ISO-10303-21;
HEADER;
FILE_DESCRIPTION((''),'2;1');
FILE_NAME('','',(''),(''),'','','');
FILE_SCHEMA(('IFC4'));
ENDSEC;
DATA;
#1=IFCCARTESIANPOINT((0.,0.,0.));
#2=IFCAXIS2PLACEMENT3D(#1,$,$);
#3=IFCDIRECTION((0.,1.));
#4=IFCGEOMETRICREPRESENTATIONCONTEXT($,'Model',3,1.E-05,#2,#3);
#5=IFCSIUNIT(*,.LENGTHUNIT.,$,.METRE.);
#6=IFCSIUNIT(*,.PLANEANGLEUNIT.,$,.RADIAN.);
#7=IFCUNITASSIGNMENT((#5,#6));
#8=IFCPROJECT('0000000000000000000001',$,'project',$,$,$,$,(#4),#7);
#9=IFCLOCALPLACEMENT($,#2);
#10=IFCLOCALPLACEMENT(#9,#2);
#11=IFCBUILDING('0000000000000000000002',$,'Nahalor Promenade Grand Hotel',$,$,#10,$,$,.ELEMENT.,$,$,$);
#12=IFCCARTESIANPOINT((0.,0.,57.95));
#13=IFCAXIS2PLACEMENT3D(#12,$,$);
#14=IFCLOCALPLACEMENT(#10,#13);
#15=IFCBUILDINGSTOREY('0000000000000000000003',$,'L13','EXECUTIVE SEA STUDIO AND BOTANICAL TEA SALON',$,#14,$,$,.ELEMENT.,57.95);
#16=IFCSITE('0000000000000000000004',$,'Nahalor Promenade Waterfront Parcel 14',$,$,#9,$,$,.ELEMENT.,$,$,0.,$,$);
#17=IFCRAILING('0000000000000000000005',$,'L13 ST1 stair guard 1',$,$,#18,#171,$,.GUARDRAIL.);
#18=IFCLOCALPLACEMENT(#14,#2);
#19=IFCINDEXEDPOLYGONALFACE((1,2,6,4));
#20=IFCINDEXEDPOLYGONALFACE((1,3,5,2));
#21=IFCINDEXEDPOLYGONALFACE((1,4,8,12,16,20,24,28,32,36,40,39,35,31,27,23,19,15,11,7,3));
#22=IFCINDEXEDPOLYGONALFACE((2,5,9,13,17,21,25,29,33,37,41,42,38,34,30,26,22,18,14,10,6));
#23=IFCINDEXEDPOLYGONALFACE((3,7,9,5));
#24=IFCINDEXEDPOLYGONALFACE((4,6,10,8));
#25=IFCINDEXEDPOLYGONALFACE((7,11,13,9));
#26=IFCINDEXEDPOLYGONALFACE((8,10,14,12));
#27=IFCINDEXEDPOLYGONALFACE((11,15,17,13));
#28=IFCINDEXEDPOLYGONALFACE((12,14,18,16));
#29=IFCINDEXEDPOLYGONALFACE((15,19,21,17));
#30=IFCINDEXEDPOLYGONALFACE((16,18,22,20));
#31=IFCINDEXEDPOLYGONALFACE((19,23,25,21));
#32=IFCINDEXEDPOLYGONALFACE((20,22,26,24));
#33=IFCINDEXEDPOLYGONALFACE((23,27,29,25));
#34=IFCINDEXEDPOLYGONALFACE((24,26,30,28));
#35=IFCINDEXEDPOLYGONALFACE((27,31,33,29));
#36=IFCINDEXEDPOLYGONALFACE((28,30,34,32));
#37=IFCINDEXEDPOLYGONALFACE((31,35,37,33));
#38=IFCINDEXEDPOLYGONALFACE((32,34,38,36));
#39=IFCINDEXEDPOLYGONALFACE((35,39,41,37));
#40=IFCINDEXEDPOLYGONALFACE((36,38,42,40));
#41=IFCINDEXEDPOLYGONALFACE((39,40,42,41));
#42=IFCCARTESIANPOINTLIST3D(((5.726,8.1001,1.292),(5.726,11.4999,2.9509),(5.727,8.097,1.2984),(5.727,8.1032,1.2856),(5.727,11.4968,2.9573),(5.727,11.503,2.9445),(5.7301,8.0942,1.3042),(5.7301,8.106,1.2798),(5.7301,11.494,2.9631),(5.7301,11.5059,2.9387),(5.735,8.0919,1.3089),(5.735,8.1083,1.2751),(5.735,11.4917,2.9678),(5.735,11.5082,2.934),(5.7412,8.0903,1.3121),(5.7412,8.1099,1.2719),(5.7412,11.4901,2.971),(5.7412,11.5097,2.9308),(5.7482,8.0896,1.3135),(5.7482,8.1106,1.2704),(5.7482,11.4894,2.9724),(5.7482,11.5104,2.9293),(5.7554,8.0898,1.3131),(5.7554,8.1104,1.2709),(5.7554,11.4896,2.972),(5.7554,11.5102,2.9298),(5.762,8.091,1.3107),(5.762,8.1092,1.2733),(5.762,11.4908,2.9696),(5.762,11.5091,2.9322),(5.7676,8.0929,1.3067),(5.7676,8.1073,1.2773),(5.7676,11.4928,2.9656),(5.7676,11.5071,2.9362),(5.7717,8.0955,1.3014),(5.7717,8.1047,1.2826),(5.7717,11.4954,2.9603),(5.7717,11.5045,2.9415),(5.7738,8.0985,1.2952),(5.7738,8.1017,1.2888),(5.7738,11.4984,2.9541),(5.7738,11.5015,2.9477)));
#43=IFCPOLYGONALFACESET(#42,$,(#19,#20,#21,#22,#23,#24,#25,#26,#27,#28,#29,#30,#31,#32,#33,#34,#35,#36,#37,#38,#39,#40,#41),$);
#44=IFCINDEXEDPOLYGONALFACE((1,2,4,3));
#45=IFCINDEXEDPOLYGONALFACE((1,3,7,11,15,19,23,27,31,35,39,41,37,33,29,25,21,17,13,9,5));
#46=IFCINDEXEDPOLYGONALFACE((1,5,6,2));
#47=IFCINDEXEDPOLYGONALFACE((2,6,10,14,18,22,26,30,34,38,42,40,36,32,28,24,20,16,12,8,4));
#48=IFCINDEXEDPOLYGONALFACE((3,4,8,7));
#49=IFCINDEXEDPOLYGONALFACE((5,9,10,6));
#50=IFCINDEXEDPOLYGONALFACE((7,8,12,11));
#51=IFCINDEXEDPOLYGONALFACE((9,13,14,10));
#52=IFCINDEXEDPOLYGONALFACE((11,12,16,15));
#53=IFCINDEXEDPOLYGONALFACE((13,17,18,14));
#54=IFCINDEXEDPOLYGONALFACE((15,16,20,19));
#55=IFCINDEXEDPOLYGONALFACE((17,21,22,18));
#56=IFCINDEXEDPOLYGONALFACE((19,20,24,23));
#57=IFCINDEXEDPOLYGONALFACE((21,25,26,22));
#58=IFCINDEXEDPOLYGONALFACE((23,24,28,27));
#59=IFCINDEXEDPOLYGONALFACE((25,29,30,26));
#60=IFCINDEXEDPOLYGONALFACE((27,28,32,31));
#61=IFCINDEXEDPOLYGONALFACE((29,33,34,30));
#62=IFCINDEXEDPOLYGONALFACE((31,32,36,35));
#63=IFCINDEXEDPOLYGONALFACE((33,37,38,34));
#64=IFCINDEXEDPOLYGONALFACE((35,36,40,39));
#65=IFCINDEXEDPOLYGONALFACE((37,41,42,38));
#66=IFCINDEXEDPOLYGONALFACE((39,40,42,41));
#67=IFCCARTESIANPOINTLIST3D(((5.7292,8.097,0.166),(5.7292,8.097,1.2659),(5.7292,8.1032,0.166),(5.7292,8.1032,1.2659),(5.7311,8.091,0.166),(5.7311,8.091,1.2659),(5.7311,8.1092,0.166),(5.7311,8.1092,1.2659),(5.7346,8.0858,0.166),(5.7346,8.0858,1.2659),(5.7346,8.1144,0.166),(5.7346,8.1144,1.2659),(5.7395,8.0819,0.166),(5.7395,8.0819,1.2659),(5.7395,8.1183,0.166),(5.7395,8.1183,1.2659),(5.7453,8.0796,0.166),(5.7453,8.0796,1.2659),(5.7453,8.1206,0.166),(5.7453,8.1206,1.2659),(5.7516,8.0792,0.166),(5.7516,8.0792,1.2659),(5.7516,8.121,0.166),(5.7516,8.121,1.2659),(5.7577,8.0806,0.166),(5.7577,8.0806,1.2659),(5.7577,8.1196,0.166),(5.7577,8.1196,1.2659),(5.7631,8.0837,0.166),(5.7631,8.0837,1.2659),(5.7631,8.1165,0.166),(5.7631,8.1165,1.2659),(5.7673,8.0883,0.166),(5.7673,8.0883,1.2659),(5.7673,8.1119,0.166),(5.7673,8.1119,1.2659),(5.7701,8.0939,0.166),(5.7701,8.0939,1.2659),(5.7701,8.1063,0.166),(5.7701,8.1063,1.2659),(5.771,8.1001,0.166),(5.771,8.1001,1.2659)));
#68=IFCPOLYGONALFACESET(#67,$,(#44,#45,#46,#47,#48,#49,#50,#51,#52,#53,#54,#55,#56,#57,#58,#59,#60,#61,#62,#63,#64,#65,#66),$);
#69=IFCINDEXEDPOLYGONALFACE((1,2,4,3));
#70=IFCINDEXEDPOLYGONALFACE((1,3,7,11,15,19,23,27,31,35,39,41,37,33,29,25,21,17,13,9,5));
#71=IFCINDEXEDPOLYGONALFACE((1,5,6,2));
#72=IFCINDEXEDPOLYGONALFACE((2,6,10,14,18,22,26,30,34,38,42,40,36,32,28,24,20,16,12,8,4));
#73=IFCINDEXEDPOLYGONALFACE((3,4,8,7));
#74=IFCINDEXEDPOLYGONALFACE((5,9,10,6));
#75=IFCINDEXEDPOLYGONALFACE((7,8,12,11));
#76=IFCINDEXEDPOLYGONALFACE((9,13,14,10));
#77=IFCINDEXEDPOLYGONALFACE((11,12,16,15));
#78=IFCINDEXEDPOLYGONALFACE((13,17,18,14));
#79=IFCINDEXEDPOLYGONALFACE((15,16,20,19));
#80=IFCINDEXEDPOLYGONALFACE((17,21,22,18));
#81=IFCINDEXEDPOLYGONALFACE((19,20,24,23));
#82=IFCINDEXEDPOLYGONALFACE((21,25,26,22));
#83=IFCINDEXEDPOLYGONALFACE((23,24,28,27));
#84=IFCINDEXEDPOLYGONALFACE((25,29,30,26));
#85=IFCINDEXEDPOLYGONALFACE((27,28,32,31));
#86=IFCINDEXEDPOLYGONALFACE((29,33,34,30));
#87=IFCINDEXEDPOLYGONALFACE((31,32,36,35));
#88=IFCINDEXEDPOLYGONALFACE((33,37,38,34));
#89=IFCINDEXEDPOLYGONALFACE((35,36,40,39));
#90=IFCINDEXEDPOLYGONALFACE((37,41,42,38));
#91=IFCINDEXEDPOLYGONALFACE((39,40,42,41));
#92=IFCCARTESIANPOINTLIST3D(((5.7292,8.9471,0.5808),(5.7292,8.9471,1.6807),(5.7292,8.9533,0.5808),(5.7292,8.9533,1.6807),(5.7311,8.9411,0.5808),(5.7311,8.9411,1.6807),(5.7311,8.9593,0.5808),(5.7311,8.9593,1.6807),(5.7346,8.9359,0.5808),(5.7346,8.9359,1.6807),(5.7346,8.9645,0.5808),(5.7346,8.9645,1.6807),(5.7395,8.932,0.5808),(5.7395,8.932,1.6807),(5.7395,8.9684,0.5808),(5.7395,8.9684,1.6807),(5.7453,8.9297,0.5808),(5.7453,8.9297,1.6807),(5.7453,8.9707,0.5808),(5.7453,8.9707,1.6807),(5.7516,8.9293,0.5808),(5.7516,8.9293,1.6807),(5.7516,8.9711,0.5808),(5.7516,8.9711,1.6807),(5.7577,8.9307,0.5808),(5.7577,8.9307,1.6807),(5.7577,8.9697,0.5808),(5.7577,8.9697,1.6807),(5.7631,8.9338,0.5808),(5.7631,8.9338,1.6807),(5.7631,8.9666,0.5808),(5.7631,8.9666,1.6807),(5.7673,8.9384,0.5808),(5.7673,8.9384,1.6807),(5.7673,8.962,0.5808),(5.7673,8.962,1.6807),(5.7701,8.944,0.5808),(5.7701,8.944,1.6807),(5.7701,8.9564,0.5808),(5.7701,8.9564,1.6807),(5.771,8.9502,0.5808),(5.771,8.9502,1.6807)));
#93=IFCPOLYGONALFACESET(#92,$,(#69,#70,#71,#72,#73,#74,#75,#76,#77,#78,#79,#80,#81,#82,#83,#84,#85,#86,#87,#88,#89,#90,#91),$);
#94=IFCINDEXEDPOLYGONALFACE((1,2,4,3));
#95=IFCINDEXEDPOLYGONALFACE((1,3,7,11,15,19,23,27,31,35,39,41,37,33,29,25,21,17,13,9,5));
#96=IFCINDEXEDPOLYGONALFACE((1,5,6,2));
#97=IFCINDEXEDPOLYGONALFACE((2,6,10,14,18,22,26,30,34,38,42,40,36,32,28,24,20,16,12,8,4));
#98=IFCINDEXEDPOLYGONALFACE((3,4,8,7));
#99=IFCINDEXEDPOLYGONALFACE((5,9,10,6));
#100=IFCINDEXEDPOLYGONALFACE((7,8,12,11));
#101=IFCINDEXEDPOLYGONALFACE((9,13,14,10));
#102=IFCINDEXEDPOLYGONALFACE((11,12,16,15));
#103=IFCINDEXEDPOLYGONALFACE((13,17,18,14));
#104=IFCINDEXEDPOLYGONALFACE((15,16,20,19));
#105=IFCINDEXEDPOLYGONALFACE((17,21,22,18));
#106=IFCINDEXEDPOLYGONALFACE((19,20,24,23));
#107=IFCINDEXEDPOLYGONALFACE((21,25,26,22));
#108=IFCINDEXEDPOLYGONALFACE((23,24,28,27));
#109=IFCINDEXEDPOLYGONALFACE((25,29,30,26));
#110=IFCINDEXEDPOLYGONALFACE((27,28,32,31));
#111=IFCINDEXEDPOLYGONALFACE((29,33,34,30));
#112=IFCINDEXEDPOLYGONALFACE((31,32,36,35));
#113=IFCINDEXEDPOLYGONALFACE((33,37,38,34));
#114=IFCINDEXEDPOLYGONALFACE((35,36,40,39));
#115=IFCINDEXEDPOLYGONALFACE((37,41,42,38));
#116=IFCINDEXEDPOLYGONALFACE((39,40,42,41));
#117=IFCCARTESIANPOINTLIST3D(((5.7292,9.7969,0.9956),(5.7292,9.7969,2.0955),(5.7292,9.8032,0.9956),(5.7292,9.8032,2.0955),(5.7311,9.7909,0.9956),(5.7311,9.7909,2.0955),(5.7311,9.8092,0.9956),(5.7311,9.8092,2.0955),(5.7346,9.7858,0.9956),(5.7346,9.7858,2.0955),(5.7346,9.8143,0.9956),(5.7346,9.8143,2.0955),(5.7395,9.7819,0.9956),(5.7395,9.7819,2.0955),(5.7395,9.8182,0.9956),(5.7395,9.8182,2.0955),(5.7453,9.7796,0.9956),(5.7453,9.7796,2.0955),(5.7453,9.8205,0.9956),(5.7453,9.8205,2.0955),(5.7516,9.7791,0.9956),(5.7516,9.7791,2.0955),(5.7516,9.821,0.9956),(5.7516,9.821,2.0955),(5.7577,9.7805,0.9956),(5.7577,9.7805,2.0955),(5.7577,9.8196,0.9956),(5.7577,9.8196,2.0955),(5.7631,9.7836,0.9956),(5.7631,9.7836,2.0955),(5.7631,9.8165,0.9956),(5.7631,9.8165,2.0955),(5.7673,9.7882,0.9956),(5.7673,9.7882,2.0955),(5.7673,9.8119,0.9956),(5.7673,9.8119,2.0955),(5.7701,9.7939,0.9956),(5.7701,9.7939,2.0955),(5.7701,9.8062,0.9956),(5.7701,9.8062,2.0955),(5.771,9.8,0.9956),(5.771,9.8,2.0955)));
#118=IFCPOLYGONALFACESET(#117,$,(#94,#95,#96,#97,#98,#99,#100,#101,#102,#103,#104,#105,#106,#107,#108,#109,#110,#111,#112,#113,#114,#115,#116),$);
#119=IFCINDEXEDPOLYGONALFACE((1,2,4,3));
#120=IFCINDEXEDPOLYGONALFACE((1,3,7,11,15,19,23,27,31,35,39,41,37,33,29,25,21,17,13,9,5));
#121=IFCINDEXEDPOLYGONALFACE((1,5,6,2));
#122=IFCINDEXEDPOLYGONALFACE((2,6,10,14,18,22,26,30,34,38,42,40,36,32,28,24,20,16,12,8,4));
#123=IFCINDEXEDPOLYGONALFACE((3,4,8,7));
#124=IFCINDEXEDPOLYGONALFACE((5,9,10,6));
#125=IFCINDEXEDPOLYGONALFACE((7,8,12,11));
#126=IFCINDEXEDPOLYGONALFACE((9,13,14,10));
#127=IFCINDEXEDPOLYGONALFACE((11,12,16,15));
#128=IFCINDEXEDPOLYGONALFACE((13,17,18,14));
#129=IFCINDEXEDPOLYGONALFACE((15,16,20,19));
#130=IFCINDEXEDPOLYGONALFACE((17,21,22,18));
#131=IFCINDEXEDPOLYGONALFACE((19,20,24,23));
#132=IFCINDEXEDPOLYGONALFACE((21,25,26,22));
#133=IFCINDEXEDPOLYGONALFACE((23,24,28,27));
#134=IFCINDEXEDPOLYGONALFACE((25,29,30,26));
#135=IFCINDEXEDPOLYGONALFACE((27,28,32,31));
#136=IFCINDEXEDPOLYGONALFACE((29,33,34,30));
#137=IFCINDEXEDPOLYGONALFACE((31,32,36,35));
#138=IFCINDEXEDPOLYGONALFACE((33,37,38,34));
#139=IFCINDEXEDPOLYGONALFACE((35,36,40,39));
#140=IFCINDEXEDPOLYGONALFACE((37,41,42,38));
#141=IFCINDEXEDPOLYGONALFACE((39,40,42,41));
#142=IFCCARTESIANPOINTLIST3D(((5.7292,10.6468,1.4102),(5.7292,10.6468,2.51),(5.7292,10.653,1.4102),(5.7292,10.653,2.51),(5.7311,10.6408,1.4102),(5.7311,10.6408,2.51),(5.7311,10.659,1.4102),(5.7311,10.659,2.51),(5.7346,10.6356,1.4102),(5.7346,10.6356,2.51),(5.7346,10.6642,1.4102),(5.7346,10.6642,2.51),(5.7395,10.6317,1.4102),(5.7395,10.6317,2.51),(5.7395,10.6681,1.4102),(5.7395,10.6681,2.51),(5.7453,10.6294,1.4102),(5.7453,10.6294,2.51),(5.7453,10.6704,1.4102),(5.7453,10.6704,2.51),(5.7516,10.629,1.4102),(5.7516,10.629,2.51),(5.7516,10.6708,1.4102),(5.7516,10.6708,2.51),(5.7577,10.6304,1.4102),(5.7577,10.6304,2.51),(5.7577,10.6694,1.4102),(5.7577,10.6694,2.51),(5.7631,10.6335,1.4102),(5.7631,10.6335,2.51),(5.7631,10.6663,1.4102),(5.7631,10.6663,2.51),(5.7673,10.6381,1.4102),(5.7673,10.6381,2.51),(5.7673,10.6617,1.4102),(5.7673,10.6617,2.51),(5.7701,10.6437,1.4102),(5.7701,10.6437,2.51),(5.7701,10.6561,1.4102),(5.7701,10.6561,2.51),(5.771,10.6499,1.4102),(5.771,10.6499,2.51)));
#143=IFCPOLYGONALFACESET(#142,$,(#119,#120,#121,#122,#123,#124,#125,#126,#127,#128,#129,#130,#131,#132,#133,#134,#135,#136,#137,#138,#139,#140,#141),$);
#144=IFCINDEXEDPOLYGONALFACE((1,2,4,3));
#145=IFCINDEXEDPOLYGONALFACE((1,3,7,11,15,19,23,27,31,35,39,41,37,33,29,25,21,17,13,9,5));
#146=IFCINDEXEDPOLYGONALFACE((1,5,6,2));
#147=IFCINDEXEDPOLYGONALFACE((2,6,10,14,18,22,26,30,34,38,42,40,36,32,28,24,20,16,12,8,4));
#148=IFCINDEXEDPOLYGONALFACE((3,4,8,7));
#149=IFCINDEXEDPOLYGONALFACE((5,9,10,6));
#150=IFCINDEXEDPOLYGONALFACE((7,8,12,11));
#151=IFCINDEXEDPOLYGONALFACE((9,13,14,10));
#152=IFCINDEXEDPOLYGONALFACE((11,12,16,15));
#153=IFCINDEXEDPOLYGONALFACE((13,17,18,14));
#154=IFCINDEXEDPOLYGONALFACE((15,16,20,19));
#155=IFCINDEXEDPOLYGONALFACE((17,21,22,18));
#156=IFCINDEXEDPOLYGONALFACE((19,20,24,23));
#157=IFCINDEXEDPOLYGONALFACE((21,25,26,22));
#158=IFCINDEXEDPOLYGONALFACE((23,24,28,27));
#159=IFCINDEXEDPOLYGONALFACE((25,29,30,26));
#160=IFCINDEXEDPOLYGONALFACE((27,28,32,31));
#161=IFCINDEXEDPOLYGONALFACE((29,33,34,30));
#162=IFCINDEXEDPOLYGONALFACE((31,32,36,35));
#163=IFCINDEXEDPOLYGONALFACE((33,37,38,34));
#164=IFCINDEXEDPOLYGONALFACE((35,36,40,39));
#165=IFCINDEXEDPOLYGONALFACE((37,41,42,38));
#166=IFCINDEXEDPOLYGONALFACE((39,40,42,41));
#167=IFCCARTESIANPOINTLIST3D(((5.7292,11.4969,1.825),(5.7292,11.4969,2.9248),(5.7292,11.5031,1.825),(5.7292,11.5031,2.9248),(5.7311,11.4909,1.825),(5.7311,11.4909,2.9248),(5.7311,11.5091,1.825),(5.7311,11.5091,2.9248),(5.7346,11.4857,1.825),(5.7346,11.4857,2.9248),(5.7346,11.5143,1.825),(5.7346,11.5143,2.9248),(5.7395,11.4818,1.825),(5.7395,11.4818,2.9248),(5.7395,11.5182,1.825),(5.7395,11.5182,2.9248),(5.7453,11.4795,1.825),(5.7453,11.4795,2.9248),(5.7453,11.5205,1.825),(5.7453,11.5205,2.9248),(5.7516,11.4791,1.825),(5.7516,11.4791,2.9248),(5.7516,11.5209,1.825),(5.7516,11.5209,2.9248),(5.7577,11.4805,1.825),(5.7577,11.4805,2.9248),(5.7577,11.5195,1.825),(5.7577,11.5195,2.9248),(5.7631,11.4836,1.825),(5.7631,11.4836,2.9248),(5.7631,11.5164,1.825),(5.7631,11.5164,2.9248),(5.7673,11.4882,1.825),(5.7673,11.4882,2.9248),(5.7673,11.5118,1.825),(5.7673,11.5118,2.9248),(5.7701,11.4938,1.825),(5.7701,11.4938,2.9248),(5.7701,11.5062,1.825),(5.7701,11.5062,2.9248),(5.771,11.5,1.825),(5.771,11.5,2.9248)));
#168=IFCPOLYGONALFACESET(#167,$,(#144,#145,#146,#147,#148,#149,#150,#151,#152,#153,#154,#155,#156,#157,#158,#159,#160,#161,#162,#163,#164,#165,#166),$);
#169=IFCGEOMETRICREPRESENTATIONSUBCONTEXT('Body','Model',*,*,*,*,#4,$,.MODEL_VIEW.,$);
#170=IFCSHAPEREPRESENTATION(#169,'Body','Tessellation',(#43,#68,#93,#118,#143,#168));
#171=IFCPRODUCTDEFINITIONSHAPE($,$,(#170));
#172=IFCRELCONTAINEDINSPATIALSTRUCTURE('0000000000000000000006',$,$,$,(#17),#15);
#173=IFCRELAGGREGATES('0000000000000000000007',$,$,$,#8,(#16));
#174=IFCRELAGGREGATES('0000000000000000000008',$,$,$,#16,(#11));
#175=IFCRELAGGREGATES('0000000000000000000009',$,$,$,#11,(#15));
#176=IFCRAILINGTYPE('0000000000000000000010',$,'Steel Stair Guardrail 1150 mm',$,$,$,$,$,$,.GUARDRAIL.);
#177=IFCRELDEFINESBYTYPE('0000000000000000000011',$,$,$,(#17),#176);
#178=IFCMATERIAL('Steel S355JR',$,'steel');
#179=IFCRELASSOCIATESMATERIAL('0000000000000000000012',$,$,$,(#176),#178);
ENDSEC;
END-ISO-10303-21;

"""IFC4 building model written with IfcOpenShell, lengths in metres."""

from ifc_helpers import new_model, si_unit, direction, frame, origin, origin_2d, place, context, subcontext, project, spatial, circle, extrude, material, type_object, element, save


model = new_model("IFC4")

# Units and contexts
model_context = context("Model", 3, precision=1e-05, world=origin(), true_north=direction((0.0, 1.0)))
body_context = subcontext(model_context, "Body", "Model", "MODEL_VIEW")
ifc_project = project(units=[si_unit("LENGTHUNIT", "METRE"), si_unit("PLANEANGLEUNIT", "RADIAN")], contexts=[model_context])

# Site, building, storey
site_placement = place(None, origin())
site = spatial("IfcSite", under=ifc_project, at=site_placement, Name="Nahalor Promenade Waterfront Parcel 14", CompositionType="ELEMENT", RefElevation=0.0)
building_placement = place(site_placement, origin())
building = spatial("IfcBuilding", under=site, at=building_placement, Name="Nahalor Promenade Grand Hotel", CompositionType="ELEMENT")
storey_placement = place(building_placement, frame((0.0, 0.0, 57.95)))
storey = spatial("IfcBuildingStorey", under=building, at=storey_placement, Name="L13", Description="EXECUTIVE SEA STUDIO AND BOTANICAL TEA SALON", CompositionType="ELEMENT", Elevation=57.95)

# Shared definitions
ifc_material_1 = material(Name="Steel S355JR", Category="steel")

# Railing
railing_type_1 = type_object("IfcRailingType", Name="Steel Stair Guardrail 1150 mm", PredefinedType="GUARDRAIL", material=ifc_material_1)
railing_1_placement = place(storey_placement, frame((5.75, 8.1001, 0.166)))
element("IfcRailing", 1, at=railing_1_placement, inside=storey, type_object=railing_type_1, Name="L13 ST1 stair guard 1", PredefinedType="GUARDRAIL", context=body_context, shape_type="SweptSolid", body=[
    extrude(circle(Radius=0.024, at=origin_2d()), frame((0.0, 0.0, 1.126), z_axis=(0.0, 0.898722, 0.438519), x_axis=(-1.0, 0.0, 0.0)), (0.0, 0.0, 1.0), 3.783),
    extrude(circle(Radius=0.021, at=origin_2d()), origin(), (0.0, 0.0, 1.0), 1.0999),
    extrude(circle(Radius=0.021, at=origin_2d()), frame((0.0, 0.8501, 0.4148)), (0.0, 0.0, 1.0), 1.0999),
    extrude(circle(Radius=0.021, at=origin_2d()), frame((0.0, 1.7, 0.8296)), (0.0, 0.0, 1.0), 1.0999),
    extrude(circle(Radius=0.021, at=origin_2d()), frame((0.0, 2.5498, 1.2441)), (0.0, 0.0, 1.0), 1.0999),
    extrude(circle(Radius=0.021, at=origin_2d()), frame((0.0, 3.3999, 1.6589)), (0.0, 0.0, 1.0), 1.0999),
])

save(model, "model.ifc")
